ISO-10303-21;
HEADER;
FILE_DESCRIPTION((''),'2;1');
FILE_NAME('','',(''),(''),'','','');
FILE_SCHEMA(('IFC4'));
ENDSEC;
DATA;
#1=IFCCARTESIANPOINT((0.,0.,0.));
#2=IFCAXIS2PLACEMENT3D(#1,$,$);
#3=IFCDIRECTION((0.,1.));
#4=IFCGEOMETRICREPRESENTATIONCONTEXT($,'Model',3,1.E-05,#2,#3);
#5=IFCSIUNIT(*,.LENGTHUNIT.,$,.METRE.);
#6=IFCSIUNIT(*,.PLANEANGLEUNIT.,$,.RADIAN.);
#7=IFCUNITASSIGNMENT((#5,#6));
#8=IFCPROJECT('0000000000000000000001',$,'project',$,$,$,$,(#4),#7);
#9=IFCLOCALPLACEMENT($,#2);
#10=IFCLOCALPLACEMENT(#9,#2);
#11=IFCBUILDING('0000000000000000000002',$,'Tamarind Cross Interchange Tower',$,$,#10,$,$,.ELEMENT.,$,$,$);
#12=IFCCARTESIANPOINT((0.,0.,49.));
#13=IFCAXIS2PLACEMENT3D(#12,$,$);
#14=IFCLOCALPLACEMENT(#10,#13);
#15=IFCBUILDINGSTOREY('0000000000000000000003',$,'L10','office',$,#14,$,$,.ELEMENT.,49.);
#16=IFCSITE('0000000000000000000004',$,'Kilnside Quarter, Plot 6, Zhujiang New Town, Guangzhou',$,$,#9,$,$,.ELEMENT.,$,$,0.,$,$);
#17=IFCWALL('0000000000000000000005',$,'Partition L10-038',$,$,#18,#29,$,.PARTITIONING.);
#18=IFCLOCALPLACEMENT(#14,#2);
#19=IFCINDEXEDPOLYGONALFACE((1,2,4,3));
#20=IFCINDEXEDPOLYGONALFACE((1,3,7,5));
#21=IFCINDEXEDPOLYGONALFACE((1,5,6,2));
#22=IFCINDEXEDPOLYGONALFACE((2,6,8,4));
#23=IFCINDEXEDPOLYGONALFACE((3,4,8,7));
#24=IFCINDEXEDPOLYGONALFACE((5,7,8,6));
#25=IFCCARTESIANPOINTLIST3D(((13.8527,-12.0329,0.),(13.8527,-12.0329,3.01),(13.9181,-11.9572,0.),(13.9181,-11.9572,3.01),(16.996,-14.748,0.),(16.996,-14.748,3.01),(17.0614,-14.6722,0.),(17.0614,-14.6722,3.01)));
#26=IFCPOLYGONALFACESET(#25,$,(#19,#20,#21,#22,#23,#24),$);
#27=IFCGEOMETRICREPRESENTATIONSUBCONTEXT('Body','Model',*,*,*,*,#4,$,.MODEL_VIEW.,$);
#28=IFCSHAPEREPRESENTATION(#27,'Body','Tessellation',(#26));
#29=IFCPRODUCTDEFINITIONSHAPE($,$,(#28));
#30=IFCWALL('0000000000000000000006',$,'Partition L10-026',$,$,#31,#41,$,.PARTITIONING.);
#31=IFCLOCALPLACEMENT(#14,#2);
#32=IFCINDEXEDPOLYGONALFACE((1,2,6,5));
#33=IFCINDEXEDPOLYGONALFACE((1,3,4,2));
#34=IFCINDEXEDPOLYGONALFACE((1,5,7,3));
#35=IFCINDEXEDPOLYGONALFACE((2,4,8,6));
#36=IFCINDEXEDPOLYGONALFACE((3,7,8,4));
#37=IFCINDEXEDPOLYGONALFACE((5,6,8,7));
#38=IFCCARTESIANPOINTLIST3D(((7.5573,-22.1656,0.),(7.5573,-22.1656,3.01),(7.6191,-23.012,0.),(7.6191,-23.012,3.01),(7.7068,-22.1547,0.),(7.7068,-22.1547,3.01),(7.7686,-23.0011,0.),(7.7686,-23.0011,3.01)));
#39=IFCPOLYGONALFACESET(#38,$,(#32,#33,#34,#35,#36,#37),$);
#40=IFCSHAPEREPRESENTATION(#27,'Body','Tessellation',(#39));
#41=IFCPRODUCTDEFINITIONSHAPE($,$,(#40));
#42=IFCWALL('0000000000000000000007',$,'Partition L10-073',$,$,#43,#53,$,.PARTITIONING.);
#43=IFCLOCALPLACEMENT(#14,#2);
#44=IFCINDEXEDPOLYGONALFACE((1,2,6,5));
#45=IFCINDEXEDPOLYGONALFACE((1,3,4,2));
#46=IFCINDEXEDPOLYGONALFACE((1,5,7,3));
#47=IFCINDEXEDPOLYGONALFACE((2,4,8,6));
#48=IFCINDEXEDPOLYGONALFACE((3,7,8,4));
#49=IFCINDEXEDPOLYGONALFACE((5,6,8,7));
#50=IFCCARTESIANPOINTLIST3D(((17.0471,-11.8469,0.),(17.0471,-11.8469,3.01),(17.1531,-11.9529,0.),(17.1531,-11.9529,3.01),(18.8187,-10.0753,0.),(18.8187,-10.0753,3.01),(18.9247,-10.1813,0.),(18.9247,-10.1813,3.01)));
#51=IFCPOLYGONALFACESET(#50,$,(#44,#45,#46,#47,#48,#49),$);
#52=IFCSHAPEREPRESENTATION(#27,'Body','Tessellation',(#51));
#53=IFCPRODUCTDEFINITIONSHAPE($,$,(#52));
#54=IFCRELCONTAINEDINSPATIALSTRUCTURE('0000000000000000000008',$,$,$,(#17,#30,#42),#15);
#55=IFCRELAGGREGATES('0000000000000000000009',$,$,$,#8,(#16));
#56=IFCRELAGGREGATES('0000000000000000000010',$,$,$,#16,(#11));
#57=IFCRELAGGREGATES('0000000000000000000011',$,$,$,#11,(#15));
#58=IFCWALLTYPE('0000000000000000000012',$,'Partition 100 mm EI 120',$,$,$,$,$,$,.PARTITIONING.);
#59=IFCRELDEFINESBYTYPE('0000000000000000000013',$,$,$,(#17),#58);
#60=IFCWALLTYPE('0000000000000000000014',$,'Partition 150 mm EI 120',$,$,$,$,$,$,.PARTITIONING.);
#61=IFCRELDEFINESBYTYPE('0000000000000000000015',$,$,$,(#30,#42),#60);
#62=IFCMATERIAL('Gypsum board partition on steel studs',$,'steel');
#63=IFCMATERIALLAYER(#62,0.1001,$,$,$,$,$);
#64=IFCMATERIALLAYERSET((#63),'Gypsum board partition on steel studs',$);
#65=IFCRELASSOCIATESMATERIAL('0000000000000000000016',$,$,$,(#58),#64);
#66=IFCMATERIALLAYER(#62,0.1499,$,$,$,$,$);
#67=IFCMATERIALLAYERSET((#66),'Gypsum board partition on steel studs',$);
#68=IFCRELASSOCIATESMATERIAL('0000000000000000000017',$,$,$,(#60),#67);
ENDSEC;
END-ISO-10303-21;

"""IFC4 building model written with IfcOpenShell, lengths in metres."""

from ifc_helpers import new_model, si_unit, direction, frame, frame_2d, origin, place, context, subcontext, project, spatial, rectangle, extrude, material, layer, layer_set, type_object, element, save


model = new_model("IFC4")

# Units and contexts
model_context = context("Model", 3, precision=1e-05, world=origin(), true_north=direction((0.0, 1.0)))
body_context = subcontext(model_context, "Body", "Model", "MODEL_VIEW")
ifc_project = project(units=[si_unit("LENGTHUNIT", "METRE"), si_unit("PLANEANGLEUNIT", "RADIAN")], contexts=[model_context])

# Site, building, storey
site_placement = place(None, origin())
site = spatial("IfcSite", under=ifc_project, at=site_placement, Name="Kilnside Quarter, Plot 6, Zhujiang New Town, Guangzhou", CompositionType="ELEMENT", RefElevation=0.0)
building_placement = place(site_placement, origin())
building = spatial("IfcBuilding", under=site, at=building_placement, Name="Tamarind Cross Interchange Tower", CompositionType="ELEMENT")
storey_placement = place(building_placement, frame((0.0, 0.0, 49.0)))
storey = spatial("IfcBuildingStorey", under=building, at=storey_placement, Name="L10", Description="office", CompositionType="ELEMENT", Elevation=49.0)

# Walls
ifc_material_1 = material(Name="Gypsum board partition on steel studs", Category="steel")
ifc_layer_1 = layer(ifc_material_1, 0.1001)
ifc_layer_set_1 = layer_set([ifc_layer_1], Name="Gypsum board partition on steel studs")
wall_type_1 = type_object("IfcWallType", Name="Partition 100 mm EI 120", PredefinedType="PARTITIONING", material=ifc_layer_set_1)
wall_1_placement = place(storey_placement, frame((13.8855, -11.9951, 0.0), z_axis=(0.0, 0.0, 1.0), x_axis=(0.756774, -0.653676, 0.0)))
element("IfcWall", 1, at=wall_1_placement, inside=storey, type_object=wall_type_1, Name="Partition L10-038", PredefinedType="PARTITIONING", context=body_context, shape_type="SweptSolid", body=[
    extrude(rectangle(XDim=4.1536, YDim=0.1001, at=frame_2d((2.0767, 0.0))), origin(), (0.0, 0.0, 1.0), 3.01),
])
ifc_layer_2 = layer(ifc_material_1, 0.1499)
ifc_layer_set_2 = layer_set([ifc_layer_2], Name="Gypsum board partition on steel studs")
wall_type_2 = type_object("IfcWallType", Name="Partition 150 mm EI 120", PredefinedType="PARTITIONING", material=ifc_layer_set_2)
wall_2_placement = place(storey_placement, frame((7.6321, -22.1602, 0.0), z_axis=(0.0, 0.0, 1.0), x_axis=(0.07278, -0.997348, 0.0)))
element("IfcWall", 2, at=wall_2_placement, inside=storey, type_object=wall_type_2, Name="Partition L10-026", PredefinedType="PARTITIONING", context=body_context, shape_type="SweptSolid", body=[
    extrude(rectangle(XDim=0.8486, YDim=0.1499, at=frame_2d((0.4243, 0.0))), origin(), (0.0, 0.0, 1.0), 3.01),
])
wall_3_placement = place(storey_placement, frame((17.1001, -11.8999, 0.0), z_axis=(0.0, 0.0, 1.0), x_axis=(0.707107, 0.707107, 0.0)))
element("IfcWall", 3, at=wall_3_placement, inside=storey, type_object=wall_type_2, Name="Partition L10-073", PredefinedType="PARTITIONING", context=body_context, shape_type="SweptSolid", body=[
    extrude(rectangle(XDim=2.5054, YDim=0.1499, at=frame_2d((1.2527, 0.0))), origin(), (0.0, 0.0, 1.0), 3.01),
])

save(model, "model.ifc")
